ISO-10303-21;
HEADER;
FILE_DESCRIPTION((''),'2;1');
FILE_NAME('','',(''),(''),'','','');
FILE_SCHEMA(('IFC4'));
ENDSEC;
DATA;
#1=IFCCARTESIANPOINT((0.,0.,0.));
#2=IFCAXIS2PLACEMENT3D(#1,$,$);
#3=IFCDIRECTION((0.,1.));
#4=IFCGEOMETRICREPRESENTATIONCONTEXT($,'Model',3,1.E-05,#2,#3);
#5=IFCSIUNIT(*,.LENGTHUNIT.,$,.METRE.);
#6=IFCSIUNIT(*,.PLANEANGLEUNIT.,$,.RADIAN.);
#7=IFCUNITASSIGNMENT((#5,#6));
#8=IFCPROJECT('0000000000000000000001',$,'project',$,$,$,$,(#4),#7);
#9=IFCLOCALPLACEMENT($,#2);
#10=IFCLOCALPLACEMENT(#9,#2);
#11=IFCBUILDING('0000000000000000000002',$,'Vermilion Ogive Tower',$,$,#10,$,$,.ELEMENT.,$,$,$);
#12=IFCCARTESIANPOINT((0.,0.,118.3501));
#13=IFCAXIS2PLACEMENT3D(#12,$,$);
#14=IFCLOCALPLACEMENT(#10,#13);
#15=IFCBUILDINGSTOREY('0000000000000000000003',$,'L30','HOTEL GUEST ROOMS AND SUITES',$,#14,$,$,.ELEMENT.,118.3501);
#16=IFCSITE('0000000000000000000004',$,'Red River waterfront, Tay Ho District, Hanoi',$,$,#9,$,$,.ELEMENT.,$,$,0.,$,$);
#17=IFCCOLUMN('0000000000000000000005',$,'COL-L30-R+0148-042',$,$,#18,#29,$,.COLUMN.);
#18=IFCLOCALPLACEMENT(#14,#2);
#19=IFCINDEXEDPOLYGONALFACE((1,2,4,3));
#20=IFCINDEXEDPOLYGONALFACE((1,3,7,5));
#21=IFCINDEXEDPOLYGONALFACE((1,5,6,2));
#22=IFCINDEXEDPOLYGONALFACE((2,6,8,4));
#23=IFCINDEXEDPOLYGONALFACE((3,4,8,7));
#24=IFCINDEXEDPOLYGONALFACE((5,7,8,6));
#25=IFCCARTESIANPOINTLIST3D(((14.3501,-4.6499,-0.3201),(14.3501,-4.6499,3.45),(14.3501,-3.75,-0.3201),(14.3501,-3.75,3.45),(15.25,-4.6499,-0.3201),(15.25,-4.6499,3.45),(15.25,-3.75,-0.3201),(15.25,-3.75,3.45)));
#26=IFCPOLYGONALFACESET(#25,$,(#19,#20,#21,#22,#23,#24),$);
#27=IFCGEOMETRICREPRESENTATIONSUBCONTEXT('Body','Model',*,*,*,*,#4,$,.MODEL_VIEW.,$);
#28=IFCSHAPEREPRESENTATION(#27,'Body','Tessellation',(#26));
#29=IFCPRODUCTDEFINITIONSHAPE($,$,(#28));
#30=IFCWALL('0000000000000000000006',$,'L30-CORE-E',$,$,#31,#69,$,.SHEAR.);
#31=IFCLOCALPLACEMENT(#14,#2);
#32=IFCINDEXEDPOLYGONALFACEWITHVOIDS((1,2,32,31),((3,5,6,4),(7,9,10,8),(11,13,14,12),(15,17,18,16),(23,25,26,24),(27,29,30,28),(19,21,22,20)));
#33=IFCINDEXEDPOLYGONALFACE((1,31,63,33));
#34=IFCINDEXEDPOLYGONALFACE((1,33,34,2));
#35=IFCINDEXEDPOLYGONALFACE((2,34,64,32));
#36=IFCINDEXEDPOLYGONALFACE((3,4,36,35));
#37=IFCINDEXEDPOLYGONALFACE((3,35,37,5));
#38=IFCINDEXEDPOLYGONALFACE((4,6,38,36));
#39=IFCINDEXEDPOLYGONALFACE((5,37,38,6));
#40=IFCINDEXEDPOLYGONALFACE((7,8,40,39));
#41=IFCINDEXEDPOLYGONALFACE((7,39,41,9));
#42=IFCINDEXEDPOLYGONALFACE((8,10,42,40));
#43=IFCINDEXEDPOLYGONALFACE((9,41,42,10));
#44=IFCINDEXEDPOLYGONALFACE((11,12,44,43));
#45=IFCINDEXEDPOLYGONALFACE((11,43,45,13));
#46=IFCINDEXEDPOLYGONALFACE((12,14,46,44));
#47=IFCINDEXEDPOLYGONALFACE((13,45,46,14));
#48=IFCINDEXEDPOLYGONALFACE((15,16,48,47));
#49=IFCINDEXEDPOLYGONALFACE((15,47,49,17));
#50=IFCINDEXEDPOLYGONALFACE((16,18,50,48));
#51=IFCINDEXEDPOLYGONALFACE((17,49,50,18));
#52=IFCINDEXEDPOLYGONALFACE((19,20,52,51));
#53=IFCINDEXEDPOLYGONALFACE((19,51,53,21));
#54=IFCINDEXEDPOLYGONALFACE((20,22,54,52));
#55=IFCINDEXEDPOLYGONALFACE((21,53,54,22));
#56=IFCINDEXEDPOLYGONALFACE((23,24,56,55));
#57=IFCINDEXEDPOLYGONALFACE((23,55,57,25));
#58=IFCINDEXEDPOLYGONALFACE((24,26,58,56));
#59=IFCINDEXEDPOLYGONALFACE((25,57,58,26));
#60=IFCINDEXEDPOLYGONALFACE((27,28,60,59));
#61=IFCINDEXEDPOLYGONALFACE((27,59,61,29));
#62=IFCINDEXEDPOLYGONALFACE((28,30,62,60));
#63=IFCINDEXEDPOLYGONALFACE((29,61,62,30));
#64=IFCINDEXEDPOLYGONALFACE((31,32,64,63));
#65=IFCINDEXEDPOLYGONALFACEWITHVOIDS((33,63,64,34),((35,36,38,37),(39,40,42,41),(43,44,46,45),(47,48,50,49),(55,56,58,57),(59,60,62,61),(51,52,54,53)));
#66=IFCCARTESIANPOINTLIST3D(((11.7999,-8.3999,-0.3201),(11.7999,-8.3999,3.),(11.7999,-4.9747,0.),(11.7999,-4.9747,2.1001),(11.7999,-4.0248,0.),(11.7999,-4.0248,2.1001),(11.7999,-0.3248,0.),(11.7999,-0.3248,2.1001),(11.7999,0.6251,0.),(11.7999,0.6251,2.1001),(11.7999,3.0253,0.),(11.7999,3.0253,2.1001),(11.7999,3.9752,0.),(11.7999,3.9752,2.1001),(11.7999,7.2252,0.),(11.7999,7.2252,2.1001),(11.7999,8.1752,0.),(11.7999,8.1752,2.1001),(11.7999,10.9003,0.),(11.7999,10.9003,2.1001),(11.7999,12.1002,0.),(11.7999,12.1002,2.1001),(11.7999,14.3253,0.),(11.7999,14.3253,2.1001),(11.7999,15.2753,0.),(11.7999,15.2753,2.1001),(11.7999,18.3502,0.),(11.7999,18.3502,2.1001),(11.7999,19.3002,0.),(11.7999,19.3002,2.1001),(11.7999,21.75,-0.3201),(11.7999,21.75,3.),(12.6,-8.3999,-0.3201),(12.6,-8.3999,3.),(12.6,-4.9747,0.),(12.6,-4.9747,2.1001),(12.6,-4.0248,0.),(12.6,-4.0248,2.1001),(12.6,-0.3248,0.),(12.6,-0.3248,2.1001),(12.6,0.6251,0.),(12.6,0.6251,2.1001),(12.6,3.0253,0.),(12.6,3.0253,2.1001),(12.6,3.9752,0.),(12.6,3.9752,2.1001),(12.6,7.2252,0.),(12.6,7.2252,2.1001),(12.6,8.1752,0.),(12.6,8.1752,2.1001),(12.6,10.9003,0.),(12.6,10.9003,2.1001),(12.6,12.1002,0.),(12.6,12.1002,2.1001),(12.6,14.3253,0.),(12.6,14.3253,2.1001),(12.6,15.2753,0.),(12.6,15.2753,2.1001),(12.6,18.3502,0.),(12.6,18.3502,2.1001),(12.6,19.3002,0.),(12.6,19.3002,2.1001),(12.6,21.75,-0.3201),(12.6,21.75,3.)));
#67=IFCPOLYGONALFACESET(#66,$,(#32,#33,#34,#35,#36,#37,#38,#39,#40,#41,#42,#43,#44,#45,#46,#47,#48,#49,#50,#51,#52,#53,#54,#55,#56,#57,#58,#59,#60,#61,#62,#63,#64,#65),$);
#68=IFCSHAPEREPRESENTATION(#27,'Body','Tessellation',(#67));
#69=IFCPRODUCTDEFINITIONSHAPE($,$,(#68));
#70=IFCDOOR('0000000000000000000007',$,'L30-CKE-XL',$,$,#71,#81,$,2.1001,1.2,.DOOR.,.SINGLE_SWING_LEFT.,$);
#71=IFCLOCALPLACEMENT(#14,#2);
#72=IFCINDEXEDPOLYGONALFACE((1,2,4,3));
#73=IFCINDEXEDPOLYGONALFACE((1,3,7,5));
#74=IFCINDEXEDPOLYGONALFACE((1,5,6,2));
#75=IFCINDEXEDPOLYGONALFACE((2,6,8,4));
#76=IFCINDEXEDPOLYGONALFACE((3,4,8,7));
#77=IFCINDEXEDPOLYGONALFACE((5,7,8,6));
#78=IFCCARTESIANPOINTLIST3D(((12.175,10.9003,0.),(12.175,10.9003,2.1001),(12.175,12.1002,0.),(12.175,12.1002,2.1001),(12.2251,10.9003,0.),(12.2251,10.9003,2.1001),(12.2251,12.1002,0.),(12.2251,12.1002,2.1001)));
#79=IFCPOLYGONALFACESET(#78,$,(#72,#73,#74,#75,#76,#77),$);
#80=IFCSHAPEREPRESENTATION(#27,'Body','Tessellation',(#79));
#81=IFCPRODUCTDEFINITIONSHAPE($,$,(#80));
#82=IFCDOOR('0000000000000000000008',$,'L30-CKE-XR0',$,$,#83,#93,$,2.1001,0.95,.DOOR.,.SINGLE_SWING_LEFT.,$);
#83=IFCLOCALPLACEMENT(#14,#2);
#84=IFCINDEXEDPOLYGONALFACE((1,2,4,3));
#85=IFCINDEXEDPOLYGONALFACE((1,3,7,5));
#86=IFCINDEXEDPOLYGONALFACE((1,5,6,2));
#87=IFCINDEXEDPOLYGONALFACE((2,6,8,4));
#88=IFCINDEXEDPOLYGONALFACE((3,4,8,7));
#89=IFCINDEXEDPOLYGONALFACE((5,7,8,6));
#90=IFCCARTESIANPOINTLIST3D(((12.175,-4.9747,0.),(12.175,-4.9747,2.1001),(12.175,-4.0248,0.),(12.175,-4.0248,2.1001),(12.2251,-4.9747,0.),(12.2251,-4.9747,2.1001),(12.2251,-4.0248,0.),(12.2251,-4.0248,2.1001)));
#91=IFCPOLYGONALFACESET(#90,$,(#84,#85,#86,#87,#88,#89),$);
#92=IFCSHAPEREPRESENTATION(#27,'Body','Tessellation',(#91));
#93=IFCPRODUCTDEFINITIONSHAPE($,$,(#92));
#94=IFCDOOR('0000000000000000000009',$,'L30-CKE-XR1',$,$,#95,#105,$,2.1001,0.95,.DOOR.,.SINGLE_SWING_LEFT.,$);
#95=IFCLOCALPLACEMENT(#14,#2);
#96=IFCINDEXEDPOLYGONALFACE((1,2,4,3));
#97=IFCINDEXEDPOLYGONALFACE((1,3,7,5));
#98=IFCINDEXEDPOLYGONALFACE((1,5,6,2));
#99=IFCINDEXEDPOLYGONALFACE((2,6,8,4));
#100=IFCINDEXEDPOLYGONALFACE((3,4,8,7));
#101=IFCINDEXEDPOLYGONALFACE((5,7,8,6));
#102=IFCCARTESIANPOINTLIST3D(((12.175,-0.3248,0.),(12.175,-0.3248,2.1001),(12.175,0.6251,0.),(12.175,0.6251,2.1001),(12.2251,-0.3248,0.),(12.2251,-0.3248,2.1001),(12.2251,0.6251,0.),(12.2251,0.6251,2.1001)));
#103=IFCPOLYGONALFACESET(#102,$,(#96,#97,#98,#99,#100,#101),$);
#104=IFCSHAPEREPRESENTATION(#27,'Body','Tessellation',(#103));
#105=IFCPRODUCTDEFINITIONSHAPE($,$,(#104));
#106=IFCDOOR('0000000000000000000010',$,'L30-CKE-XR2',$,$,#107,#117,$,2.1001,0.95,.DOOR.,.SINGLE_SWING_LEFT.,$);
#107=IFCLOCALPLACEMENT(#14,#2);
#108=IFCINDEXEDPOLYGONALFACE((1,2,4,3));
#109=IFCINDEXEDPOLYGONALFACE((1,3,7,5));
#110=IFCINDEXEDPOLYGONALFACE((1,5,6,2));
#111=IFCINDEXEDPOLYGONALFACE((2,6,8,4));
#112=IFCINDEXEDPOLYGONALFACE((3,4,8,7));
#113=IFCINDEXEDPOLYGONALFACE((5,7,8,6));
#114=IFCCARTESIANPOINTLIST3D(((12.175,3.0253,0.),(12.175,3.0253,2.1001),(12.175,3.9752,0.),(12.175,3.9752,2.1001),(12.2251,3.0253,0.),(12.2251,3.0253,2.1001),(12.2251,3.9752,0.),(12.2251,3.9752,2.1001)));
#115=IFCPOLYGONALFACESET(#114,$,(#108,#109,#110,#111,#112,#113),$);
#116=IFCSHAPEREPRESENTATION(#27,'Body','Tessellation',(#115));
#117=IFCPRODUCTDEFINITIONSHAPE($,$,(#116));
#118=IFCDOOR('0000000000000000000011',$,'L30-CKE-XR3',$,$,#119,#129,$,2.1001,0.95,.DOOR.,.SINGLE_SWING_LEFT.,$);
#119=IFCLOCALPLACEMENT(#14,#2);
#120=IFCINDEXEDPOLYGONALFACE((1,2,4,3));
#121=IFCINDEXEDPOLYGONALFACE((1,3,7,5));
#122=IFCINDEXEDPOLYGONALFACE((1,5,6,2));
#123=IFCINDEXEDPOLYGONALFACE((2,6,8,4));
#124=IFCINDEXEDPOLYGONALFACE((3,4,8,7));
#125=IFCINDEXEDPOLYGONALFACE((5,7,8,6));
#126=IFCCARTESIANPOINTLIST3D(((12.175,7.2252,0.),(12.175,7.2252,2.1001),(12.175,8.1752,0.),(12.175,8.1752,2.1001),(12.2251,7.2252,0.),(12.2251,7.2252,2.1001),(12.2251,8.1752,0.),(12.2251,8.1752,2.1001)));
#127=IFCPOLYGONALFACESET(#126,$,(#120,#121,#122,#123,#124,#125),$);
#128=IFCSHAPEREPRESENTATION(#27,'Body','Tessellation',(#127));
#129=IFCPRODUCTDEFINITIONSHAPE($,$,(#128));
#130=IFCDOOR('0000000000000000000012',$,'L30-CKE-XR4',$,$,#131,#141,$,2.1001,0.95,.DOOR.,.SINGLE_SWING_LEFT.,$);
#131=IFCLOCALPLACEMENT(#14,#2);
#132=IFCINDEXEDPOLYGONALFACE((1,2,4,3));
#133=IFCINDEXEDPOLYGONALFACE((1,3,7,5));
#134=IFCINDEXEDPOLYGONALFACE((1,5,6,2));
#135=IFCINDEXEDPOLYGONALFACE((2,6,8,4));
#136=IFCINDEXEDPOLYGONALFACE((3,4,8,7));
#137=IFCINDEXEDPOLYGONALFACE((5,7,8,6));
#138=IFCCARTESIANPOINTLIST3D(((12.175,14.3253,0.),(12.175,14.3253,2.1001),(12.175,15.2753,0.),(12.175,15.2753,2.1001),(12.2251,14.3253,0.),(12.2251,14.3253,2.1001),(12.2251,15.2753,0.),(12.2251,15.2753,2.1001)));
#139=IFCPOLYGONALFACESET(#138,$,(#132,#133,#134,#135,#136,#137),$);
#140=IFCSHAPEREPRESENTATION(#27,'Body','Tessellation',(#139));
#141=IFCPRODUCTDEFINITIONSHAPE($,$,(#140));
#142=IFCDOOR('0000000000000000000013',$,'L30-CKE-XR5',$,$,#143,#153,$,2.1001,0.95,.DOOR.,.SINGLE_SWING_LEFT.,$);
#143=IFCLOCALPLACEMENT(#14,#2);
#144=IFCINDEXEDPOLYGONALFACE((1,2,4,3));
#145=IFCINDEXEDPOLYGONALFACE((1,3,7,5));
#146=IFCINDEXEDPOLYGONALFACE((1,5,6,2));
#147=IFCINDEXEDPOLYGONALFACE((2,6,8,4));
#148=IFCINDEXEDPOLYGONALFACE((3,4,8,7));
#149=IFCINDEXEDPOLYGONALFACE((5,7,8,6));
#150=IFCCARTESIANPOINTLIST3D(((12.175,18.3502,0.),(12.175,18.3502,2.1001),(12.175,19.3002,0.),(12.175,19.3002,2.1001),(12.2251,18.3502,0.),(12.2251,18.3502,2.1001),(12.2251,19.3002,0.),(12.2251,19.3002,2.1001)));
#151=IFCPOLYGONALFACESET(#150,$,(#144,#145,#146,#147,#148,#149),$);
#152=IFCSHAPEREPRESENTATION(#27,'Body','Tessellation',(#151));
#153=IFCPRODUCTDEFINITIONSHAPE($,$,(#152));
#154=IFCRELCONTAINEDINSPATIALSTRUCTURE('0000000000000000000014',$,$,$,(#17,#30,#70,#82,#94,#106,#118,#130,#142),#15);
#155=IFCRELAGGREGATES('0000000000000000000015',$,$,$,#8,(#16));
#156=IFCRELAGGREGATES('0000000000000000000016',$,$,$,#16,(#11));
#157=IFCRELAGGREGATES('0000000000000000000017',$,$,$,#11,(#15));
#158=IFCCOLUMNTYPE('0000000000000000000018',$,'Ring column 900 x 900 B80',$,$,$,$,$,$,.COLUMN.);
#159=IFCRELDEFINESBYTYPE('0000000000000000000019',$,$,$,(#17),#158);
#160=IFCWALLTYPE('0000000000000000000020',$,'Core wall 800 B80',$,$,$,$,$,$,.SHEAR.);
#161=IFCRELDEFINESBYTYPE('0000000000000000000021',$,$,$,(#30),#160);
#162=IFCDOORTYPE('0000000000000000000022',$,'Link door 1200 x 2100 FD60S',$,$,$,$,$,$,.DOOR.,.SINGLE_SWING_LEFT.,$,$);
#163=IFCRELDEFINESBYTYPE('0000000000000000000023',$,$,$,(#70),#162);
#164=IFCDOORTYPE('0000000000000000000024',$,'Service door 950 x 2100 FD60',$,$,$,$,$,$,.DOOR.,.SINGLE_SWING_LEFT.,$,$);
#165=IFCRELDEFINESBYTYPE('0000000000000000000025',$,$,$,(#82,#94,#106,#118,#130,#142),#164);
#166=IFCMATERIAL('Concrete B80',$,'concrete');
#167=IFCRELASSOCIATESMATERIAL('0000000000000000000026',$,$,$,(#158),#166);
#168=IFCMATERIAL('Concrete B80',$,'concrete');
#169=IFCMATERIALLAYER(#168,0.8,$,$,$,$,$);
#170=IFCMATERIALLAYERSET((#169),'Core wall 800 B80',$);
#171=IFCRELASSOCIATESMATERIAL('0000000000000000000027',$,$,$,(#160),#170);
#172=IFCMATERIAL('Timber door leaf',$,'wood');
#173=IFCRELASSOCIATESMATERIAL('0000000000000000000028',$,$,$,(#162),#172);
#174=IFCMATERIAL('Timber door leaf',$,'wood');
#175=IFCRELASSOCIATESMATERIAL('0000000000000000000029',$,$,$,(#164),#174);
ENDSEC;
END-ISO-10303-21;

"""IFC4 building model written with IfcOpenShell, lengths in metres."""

from ifc_helpers import new_model, si_unit, direction, frame, frame_2d, origin, origin_2d, place, context, subcontext, project, spatial, rectangle, extrude, material, layer, layer_set, material_profile, profile_set, type_object, element, fill, save


model = new_model("IFC4")

# Units and contexts
model_context = context("Model", 3, precision=1e-05, world=origin(), true_north=direction((0.0, 1.0)))
body_context = subcontext(model_context, "Body", "Model", "MODEL_VIEW")
ifc_project = project(units=[si_unit("LENGTHUNIT", "METRE"), si_unit("PLANEANGLEUNIT", "RADIAN")], contexts=[model_context])

# Site, building, storey
site_placement = place(None, origin())
site = spatial("IfcSite", under=ifc_project, at=site_placement, Name="Red River waterfront, Tay Ho District, Hanoi", CompositionType="ELEMENT", RefElevation=0.0)
building_placement = place(site_placement, origin())
building = spatial("IfcBuilding", under=site, at=building_placement, Name="Vermilion Ogive Tower", CompositionType="ELEMENT")
storey_placement = place(building_placement, frame((0.0, 0.0, 118.3501)))
storey = spatial("IfcBuildingStorey", under=building, at=storey_placement, Name="L30", Description="HOTEL GUEST ROOMS AND SUITES", CompositionType="ELEMENT", Elevation=118.3501)

# Column
ifc_material_1 = material(Name="Concrete B80", Category="concrete")
ifc_material_profile = material_profile(ifc_material_1, rectangle(XDim=0.8999, YDim=0.8999, at=origin_2d()), Name="900 x 900")
ifc_profile_set = profile_set([ifc_material_profile], Name="Concrete B80")
column_type = type_object("IfcColumnType", Name="Ring column 900 x 900 B80", PredefinedType="COLUMN", material=ifc_profile_set)
column_placement = place(storey_placement, frame((14.8, -4.2, -0.3201), z_axis=(0.0, 0.0, 1.0), x_axis=(1.0, 0.0, 0.0)))
element("IfcColumn", 1, at=column_placement, inside=storey, type_object=column_type, Name="COL-L30-R+0148-042", PredefinedType="COLUMN", context=body_context, shape_type="SweptSolid", body=[
    extrude(rectangle(XDim=0.8999, YDim=0.8999, at=origin_2d()), origin(), (0.0, 0.0, 1.0), 3.77),
])

# Wall, openings, doors
ifc_material_2 = material(Name="Concrete B80", Category="concrete")
ifc_layer_1 = layer(ifc_material_2, 0.8)
ifc_layer_set_1 = layer_set([ifc_layer_1], Name="Core wall 800 B80")
wall_type_1 = type_object("IfcWallType", Name="Core wall 800 B80", PredefinedType="SHEAR", material=ifc_layer_set_1)
wall_1_placement = place(storey_placement, frame((12.2, -8.3999, -0.3201), z_axis=(0.0, 0.0, 1.0), x_axis=(0.0, 1.0, 0.0)))
wall_1 = element("IfcWall", 2, at=wall_1_placement, inside=storey, type_object=wall_type_1, Name="L30-CORE-E", PredefinedType="SHEAR", context=body_context, shape_type="SweptSolid", body=[
    extrude(rectangle(XDim=30.1499, YDim=0.8, at=frame_2d((15.075, 0.0))), origin(), (0.0, 0.0, 1.0), 3.3201),
])
opening_1_placement = place(wall_1_placement, frame((3.425, 0.0, 0.3201)))
opening_1 = element("IfcOpeningElement", 3, at=opening_1_placement, cuts=wall_1, PredefinedType="OPENING", context=body_context, shape_type="SweptSolid", body=[
    extrude(rectangle(XDim=0.95, YDim=2.1001, at=frame_2d((0.4751, 1.05))), frame((0.0, 0.4099, 0.0), z_axis=(0.0, -1.0, 0.0), x_axis=(1.0, 0.0, 0.0)), (0.0, 0.0, 1.0), 0.8201),
])
opening_2_placement = place(wall_1_placement, frame((8.075, 0.0, 0.3201)))
opening_2 = element("IfcOpeningElement", 4, at=opening_2_placement, cuts=wall_1, PredefinedType="OPENING", context=body_context, shape_type="SweptSolid", body=[
    extrude(rectangle(XDim=0.95, YDim=2.1001, at=frame_2d((0.4751, 1.05))), frame((0.0, 0.4099, 0.0), z_axis=(0.0, -1.0, 0.0), x_axis=(1.0, 0.0, 0.0)), (0.0, 0.0, 1.0), 0.8201),
])
opening_3_placement = place(wall_1_placement, frame((11.425, 0.0, 0.3201)))
opening_3 = element("IfcOpeningElement", 5, at=opening_3_placement, cuts=wall_1, PredefinedType="OPENING", context=body_context, shape_type="SweptSolid", body=[
    extrude(rectangle(XDim=0.95, YDim=2.1001, at=frame_2d((0.4751, 1.05))), frame((0.0, 0.4099, 0.0), z_axis=(0.0, -1.0, 0.0), x_axis=(1.0, 0.0, 0.0)), (0.0, 0.0, 1.0), 0.8201),
])
opening_4_placement = place(wall_1_placement, frame((15.625, 0.0, 0.3201)))
opening_4 = element("IfcOpeningElement", 6, at=opening_4_placement, cuts=wall_1, PredefinedType="OPENING", context=body_context, shape_type="SweptSolid", body=[
    extrude(rectangle(XDim=0.95, YDim=2.1001, at=frame_2d((0.4751, 1.05))), frame((0.0, 0.4099, 0.0), z_axis=(0.0, -1.0, 0.0), x_axis=(1.0, 0.0, 0.0)), (0.0, 0.0, 1.0), 0.8201),
])
opening_5_placement = place(wall_1_placement, frame((22.7251, 0.0, 0.3201)))
opening_5 = element("IfcOpeningElement", 7, at=opening_5_placement, cuts=wall_1, PredefinedType="OPENING", context=body_context, shape_type="SweptSolid", body=[
    extrude(rectangle(XDim=0.95, YDim=2.1001, at=frame_2d((0.4751, 1.05))), frame((0.0, 0.4099, 0.0), z_axis=(0.0, -1.0, 0.0), x_axis=(1.0, 0.0, 0.0)), (0.0, 0.0, 1.0), 0.8201),
])
opening_6_placement = place(wall_1_placement, frame((26.75, 0.0, 0.3201)))
opening_6 = element("IfcOpeningElement", 8, at=opening_6_placement, cuts=wall_1, PredefinedType="OPENING", context=body_context, shape_type="SweptSolid", body=[
    extrude(rectangle(XDim=0.95, YDim=2.1001, at=frame_2d((0.4751, 1.05))), frame((0.0, 0.4099, 0.0), z_axis=(0.0, -1.0, 0.0), x_axis=(1.0, 0.0, 0.0)), (0.0, 0.0, 1.0), 0.8201),
])
opening_7_placement = place(wall_1_placement, frame((19.3, 0.0, 0.3201)))
opening_7 = element("IfcOpeningElement", 9, at=opening_7_placement, cuts=wall_1, PredefinedType="OPENING", context=body_context, shape_type="SweptSolid", body=[
    extrude(rectangle(XDim=1.2, YDim=2.1001, at=frame_2d((0.6001, 1.05))), frame((0.0, 0.4099, 0.0), z_axis=(0.0, -1.0, 0.0), x_axis=(1.0, 0.0, 0.0)), (0.0, 0.0, 1.0), 0.8201),
])
ifc_material_3 = material(Name="Timber door leaf", Category="wood")
door_type_1 = type_object("IfcDoorType", Name="Link door 1200 x 2100 FD60S", OperationType="SINGLE_SWING_LEFT", PredefinedType="DOOR", material=ifc_material_3)
door_1_placement = place(opening_7_placement, origin())
door_1 = element("IfcDoor", 10, at=door_1_placement, inside=storey, type_object=door_type_1, Name="L30-CKE-XL", OperationType="SINGLE_SWING_LEFT", OverallHeight=2.1001, OverallWidth=1.2, PredefinedType="DOOR", context=body_context, shape_type="SweptSolid", body=[
    extrude(rectangle(XDim=1.2, YDim=2.1001, at=frame_2d((0.6001, 1.05))), frame((0.0, 0.0249, 0.0), z_axis=(0.0, -1.0, 0.0), x_axis=(1.0, 0.0, 0.0)), (0.0, 0.0, 1.0), 0.05),
])
fill(opening_7, door_1)
ifc_material_4 = material(Name="Timber door leaf", Category="wood")
door_type_2 = type_object("IfcDoorType", Name="Service door 950 x 2100 FD60", OperationType="SINGLE_SWING_LEFT", PredefinedType="DOOR", material=ifc_material_4)
door_2_placement = place(opening_1_placement, origin())
door_2 = element("IfcDoor", 11, at=door_2_placement, inside=storey, type_object=door_type_2, Name="L30-CKE-XR0", OperationType="SINGLE_SWING_LEFT", OverallHeight=2.1001, OverallWidth=0.95, PredefinedType="DOOR", context=body_context, shape_type="SweptSolid", body=[
    extrude(rectangle(XDim=0.95, YDim=2.1001, at=frame_2d((0.4751, 1.05))), frame((0.0, 0.0249, 0.0), z_axis=(0.0, -1.0, 0.0), x_axis=(1.0, 0.0, 0.0)), (0.0, 0.0, 1.0), 0.05),
])
fill(opening_1, door_2)
door_3_placement = place(opening_2_placement, origin())
door_3 = element("IfcDoor", 12, at=door_3_placement, inside=storey, type_object=door_type_2, Name="L30-CKE-XR1", OperationType="SINGLE_SWING_LEFT", OverallHeight=2.1001, OverallWidth=0.95, PredefinedType="DOOR", context=body_context, shape_type="SweptSolid", body=[
    extrude(rectangle(XDim=0.95, YDim=2.1001, at=frame_2d((0.4751, 1.05))), frame((0.0, 0.0249, 0.0), z_axis=(0.0, -1.0, 0.0), x_axis=(1.0, 0.0, 0.0)), (0.0, 0.0, 1.0), 0.05),
])
fill(opening_2, door_3)
door_4_placement = place(opening_3_placement, origin())
door_4 = element("IfcDoor", 13, at=door_4_placement, inside=storey, type_object=door_type_2, Name="L30-CKE-XR2", OperationType="SINGLE_SWING_LEFT", OverallHeight=2.1001, OverallWidth=0.95, PredefinedType="DOOR", context=body_context, shape_type="SweptSolid", body=[
    extrude(rectangle(XDim=0.95, YDim=2.1001, at=frame_2d((0.4751, 1.05))), frame((0.0, 0.0249, 0.0), z_axis=(0.0, -1.0, 0.0), x_axis=(1.0, 0.0, 0.0)), (0.0, 0.0, 1.0), 0.05),
])
fill(opening_3, door_4)
door_5_placement = place(opening_4_placement, origin())
door_5 = element("IfcDoor", 14, at=door_5_placement, inside=storey, type_object=door_type_2, Name="L30-CKE-XR3", OperationType="SINGLE_SWING_LEFT", OverallHeight=2.1001, OverallWidth=0.95, PredefinedType="DOOR", context=body_context, shape_type="SweptSolid", body=[
    extrude(rectangle(XDim=0.95, YDim=2.1001, at=frame_2d((0.4751, 1.05))), frame((0.0, 0.0249, 0.0), z_axis=(0.0, -1.0, 0.0), x_axis=(1.0, 0.0, 0.0)), (0.0, 0.0, 1.0), 0.05),
])
fill(opening_4, door_5)
door_6_placement = place(opening_5_placement, origin())
door_6 = element("IfcDoor", 15, at=door_6_placement, inside=storey, type_object=door_type_2, Name="L30-CKE-XR4", OperationType="SINGLE_SWING_LEFT", OverallHeight=2.1001, OverallWidth=0.95, PredefinedType="DOOR", context=body_context, shape_type="SweptSolid", body=[
    extrude(rectangle(XDim=0.95, YDim=2.1001, at=frame_2d((0.4751, 1.05))), frame((0.0, 0.0249, 0.0), z_axis=(0.0, -1.0, 0.0), x_axis=(1.0, 0.0, 0.0)), (0.0, 0.0, 1.0), 0.05),
])
fill(opening_5, door_6)
door_7_placement = place(opening_6_placement, origin())
door_7 = element("IfcDoor", 16, at=door_7_placement, inside=storey, type_object=door_type_2, Name="L30-CKE-XR5", OperationType="SINGLE_SWING_LEFT", OverallHeight=2.1001, OverallWidth=0.95, PredefinedType="DOOR", context=body_context, shape_type="SweptSolid", body=[
    extrude(rectangle(XDim=0.95, YDim=2.1001, at=frame_2d((0.4751, 1.05))), frame((0.0, 0.0249, 0.0), z_axis=(0.0, -1.0, 0.0), x_axis=(1.0, 0.0, 0.0)), (0.0, 0.0, 1.0), 0.05),
])
fill(opening_6, door_7)

save(model, "model.ifc")
